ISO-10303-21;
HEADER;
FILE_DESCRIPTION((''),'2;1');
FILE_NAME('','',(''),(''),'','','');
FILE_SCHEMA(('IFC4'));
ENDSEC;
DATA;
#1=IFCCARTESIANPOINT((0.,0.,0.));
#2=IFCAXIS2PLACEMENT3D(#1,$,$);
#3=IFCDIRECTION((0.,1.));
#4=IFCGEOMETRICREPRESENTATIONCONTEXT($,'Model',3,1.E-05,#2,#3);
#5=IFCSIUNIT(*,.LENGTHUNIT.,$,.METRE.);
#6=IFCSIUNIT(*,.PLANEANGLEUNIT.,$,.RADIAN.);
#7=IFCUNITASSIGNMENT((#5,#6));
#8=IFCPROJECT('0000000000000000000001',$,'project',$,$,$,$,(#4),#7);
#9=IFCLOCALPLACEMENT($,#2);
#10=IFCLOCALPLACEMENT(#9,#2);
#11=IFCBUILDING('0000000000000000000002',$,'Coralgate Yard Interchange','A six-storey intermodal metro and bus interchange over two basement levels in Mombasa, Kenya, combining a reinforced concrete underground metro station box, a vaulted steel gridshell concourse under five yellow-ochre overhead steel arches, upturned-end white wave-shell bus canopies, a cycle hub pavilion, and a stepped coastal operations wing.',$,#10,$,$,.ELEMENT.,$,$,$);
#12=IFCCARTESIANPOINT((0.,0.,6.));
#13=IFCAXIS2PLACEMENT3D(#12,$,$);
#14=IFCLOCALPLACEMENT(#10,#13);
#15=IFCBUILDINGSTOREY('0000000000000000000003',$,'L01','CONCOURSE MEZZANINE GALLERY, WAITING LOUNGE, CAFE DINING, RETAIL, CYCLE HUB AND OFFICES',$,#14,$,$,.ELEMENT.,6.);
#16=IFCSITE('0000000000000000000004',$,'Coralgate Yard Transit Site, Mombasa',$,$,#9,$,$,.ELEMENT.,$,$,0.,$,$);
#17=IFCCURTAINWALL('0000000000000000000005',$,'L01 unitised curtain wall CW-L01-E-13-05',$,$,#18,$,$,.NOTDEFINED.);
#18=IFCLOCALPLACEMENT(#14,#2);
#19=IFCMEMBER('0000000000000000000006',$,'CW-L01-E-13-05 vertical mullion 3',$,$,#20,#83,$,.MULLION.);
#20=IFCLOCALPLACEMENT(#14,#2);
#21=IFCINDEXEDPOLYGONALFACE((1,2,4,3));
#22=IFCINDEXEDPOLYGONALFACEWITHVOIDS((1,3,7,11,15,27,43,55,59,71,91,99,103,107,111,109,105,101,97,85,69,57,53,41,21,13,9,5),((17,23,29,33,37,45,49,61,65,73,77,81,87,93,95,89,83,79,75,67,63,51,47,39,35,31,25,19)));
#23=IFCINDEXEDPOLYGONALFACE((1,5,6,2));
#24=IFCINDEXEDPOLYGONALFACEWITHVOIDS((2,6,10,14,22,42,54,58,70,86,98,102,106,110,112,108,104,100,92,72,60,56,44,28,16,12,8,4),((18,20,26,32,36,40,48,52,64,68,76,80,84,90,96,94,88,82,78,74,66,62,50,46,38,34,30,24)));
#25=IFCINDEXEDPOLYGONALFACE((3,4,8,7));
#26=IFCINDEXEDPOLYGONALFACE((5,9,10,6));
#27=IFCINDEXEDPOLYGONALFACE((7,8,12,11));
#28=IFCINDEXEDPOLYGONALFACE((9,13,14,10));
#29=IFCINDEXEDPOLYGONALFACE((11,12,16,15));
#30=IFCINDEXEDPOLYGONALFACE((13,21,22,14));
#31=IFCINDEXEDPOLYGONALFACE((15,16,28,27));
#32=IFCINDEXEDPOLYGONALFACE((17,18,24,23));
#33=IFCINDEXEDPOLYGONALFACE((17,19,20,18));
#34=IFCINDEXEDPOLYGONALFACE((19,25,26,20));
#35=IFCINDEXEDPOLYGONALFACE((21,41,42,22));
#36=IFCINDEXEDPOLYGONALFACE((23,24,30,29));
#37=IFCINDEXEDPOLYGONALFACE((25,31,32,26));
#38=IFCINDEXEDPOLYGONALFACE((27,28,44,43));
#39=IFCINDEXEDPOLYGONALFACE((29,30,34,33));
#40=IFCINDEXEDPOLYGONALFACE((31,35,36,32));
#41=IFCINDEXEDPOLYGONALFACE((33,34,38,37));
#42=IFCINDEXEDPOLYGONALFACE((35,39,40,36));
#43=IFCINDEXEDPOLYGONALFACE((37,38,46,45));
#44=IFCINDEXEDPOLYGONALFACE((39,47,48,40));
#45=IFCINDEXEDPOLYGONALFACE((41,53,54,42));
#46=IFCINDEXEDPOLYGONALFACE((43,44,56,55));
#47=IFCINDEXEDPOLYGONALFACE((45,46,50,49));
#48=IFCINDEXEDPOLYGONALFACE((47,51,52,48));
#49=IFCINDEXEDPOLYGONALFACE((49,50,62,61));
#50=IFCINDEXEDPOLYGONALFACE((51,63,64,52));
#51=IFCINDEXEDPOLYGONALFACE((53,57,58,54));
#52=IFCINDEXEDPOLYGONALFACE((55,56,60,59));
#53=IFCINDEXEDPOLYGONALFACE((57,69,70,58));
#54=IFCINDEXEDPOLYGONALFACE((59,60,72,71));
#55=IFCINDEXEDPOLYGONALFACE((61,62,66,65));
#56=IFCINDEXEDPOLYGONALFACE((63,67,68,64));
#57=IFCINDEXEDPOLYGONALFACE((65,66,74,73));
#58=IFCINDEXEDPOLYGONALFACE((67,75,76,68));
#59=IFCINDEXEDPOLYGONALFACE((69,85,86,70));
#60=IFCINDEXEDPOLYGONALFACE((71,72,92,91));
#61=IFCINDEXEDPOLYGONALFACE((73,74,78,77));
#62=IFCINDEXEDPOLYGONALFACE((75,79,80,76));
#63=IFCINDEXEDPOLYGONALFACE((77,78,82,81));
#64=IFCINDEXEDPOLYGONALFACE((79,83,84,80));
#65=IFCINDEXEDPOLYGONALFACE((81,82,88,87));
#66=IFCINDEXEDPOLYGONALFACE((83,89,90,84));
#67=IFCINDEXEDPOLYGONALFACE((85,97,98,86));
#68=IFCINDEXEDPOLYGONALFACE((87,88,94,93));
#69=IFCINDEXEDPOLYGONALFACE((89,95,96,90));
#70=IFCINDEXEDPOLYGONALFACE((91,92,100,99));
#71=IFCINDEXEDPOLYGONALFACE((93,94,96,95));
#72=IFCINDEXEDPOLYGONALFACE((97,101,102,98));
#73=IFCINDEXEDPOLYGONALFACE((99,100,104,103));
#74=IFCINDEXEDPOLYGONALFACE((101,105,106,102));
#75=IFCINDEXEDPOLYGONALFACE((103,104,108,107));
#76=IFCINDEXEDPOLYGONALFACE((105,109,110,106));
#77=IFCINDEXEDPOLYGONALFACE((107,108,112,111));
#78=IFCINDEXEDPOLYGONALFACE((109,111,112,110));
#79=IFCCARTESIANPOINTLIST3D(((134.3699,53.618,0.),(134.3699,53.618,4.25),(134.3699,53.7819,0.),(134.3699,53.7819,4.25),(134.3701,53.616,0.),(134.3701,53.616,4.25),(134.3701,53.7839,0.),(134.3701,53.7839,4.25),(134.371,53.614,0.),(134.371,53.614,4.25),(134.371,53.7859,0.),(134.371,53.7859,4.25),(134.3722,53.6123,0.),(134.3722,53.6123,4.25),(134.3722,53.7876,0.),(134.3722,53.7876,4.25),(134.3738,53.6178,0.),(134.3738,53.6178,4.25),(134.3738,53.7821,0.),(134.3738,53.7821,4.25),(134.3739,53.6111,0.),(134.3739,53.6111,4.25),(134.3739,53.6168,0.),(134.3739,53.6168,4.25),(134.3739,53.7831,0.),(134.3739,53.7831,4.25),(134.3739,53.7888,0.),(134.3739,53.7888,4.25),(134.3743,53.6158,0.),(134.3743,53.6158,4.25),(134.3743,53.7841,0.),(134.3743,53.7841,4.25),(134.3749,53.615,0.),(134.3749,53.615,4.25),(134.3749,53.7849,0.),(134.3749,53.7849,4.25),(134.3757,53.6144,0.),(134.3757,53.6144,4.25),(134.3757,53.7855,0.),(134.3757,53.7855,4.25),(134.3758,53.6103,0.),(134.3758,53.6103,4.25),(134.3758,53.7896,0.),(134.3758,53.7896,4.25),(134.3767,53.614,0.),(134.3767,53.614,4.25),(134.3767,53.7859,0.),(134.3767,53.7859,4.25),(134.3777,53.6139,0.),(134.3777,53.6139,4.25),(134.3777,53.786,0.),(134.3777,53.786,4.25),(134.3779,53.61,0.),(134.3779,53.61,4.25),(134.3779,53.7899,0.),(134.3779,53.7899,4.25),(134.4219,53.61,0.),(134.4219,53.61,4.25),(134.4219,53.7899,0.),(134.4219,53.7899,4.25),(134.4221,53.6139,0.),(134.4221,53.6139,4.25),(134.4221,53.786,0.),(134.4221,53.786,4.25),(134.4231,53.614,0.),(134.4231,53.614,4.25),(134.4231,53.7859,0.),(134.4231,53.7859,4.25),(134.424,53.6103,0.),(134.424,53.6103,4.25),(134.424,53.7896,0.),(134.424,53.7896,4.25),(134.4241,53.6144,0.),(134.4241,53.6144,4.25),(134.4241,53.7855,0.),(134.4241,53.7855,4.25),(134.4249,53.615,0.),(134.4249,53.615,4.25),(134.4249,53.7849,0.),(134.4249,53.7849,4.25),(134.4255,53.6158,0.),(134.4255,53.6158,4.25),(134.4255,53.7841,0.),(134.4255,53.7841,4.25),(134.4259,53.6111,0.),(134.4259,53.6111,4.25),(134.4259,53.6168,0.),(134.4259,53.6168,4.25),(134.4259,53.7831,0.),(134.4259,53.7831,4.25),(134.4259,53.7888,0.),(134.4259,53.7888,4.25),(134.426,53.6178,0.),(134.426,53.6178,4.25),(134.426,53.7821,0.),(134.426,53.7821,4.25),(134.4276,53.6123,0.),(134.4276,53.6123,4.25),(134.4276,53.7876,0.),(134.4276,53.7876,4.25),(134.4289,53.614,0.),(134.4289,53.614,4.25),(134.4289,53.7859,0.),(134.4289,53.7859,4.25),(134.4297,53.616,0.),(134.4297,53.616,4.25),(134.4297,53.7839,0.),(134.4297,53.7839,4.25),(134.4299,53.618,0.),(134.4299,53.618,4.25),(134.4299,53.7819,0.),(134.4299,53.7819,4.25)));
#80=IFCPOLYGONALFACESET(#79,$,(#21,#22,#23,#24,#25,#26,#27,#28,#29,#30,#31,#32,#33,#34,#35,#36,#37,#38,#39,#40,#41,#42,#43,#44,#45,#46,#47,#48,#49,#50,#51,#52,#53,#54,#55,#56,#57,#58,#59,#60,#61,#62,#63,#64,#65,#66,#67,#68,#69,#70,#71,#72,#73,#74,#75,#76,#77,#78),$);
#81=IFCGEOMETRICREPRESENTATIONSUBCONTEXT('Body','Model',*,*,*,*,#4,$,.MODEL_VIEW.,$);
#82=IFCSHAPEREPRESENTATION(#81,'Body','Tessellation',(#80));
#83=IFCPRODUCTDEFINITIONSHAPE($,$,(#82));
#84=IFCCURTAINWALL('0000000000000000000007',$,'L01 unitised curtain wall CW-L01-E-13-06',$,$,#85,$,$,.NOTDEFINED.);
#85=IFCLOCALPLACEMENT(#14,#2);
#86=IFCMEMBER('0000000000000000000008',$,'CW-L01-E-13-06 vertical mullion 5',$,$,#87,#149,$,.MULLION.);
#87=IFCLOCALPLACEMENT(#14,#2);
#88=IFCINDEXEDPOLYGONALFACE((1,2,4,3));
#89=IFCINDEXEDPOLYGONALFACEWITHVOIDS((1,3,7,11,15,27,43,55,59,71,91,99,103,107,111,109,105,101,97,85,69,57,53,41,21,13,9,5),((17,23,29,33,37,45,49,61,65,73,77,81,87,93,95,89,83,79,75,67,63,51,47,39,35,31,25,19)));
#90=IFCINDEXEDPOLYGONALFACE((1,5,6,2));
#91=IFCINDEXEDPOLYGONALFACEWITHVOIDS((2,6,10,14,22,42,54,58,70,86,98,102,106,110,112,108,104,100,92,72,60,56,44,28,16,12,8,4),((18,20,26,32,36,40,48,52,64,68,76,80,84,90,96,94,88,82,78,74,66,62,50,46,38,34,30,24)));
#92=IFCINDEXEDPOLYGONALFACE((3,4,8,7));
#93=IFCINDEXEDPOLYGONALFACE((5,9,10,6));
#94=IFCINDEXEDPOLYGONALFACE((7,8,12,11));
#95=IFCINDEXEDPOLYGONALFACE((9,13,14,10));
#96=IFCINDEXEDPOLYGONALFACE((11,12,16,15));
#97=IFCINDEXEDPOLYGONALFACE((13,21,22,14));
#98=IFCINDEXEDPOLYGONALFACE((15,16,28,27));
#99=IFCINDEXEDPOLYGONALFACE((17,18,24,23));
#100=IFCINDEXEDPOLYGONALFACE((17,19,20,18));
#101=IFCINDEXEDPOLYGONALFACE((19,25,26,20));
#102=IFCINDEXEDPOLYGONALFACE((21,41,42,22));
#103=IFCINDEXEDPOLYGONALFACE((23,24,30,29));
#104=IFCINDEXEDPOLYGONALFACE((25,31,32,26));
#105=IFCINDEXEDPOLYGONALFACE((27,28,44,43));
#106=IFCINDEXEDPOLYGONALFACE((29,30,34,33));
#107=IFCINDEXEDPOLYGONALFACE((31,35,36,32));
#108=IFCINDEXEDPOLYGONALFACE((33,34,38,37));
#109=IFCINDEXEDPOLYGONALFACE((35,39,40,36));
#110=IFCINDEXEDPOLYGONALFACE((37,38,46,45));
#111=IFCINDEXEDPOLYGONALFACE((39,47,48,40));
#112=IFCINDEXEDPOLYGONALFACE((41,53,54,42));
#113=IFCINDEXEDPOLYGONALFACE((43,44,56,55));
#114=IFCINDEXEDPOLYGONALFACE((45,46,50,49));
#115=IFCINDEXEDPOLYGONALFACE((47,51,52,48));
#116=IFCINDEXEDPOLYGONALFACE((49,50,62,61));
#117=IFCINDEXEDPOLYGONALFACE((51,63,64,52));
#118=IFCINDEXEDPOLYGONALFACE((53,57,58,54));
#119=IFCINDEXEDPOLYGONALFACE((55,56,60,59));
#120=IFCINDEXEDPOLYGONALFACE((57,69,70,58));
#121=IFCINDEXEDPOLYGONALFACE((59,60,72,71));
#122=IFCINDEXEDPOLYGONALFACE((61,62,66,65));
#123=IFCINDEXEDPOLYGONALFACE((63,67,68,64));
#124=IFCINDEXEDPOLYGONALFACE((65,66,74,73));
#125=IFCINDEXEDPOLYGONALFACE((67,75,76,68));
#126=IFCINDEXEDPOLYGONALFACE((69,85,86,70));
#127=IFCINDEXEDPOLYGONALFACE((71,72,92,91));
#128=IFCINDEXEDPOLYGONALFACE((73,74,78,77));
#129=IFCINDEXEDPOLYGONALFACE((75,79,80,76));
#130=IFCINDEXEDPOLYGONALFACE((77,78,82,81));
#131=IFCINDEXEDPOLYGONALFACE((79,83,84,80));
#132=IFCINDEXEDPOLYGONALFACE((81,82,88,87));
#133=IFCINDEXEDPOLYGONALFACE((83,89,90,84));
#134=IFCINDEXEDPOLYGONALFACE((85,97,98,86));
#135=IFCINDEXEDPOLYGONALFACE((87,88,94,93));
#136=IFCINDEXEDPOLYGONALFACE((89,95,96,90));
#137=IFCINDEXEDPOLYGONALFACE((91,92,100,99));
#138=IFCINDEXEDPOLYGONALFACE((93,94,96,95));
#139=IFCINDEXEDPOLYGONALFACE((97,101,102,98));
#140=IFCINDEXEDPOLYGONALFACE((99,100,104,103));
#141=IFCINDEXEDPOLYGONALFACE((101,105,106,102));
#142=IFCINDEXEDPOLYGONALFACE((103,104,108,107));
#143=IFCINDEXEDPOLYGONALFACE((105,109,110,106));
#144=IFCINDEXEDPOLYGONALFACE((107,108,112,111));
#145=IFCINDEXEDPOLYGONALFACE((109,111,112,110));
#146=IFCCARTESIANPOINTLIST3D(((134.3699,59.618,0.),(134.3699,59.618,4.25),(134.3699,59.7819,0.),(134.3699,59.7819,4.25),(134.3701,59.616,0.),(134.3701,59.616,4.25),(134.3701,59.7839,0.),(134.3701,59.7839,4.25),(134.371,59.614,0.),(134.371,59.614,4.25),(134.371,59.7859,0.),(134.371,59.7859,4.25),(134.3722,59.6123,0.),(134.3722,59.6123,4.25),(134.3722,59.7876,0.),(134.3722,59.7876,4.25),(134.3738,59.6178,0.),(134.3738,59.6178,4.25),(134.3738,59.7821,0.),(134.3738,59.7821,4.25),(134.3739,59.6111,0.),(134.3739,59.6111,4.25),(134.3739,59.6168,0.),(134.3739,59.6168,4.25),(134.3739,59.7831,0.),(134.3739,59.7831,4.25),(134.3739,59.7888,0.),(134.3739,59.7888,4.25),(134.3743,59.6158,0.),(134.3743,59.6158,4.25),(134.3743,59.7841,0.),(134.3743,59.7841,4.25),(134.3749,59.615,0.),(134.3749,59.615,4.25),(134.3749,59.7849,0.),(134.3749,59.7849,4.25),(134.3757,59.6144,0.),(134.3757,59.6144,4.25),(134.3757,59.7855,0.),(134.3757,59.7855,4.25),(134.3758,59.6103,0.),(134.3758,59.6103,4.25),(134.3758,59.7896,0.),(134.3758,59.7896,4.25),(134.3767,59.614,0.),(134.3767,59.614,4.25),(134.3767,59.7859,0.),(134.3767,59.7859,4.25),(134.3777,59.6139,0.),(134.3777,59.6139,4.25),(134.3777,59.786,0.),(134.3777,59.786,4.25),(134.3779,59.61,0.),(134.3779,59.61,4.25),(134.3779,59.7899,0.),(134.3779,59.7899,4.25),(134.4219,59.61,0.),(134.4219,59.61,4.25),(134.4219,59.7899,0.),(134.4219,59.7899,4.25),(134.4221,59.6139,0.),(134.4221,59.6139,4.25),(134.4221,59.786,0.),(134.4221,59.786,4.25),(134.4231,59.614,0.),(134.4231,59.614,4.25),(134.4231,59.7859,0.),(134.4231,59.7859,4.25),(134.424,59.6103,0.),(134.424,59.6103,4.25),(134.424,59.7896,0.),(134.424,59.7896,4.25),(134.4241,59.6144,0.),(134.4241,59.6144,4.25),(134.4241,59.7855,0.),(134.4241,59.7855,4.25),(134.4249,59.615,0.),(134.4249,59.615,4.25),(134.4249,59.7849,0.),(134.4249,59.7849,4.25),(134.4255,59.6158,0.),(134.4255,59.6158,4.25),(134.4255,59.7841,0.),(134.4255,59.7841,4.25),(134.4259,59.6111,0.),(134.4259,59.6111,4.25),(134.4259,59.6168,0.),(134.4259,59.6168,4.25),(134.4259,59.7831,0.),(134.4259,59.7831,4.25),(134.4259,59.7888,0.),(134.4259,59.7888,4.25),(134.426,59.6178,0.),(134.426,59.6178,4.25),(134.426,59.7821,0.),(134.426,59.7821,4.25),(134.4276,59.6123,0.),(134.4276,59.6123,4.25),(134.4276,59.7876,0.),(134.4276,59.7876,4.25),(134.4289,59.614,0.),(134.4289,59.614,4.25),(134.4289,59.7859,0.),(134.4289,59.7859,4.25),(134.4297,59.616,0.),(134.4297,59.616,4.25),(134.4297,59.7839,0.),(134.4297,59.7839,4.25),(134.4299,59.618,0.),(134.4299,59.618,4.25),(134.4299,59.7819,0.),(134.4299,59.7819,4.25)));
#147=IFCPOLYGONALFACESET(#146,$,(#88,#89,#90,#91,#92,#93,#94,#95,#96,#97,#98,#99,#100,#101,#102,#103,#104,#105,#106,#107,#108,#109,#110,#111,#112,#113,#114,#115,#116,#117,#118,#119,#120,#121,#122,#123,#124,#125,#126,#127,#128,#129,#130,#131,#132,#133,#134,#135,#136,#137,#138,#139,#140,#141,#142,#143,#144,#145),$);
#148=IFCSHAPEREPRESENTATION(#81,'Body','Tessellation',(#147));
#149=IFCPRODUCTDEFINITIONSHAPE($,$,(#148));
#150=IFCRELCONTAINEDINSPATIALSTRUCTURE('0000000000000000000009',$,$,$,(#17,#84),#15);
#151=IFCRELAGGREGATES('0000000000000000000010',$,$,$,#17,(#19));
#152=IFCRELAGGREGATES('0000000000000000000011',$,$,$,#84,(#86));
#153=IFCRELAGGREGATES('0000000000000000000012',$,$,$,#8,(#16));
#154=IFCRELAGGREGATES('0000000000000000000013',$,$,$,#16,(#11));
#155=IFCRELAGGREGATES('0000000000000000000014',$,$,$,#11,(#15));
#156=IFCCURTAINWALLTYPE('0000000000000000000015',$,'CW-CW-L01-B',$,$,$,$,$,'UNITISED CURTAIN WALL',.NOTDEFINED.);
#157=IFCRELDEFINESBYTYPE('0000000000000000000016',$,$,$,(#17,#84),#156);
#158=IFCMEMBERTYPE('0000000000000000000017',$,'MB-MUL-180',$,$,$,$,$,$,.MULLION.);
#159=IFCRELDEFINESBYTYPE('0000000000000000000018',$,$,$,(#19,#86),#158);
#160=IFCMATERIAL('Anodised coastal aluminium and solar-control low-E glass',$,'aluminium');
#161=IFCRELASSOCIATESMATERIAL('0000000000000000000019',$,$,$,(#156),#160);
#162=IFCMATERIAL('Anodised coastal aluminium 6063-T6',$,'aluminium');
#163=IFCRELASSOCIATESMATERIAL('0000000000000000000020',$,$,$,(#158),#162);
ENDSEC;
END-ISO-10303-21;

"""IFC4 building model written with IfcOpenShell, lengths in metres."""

from ifc_helpers import new_model, si_unit, direction, frame, origin, origin_2d, place, context, subcontext, project, spatial, hollow_rectangle, extrude, material, material_profile, profile_set, type_object, element, aggregate, save


model = new_model("IFC4")

# Units and contexts
model_context = context("Model", 3, precision=1e-05, world=origin(), true_north=direction((0.0, 1.0)))
body_context = subcontext(model_context, "Body", "Model", "MODEL_VIEW")
ifc_project = project(units=[si_unit("LENGTHUNIT", "METRE"), si_unit("PLANEANGLEUNIT", "RADIAN")], contexts=[model_context])

# Site, building, storey
site_placement = place(None, origin())
site = spatial("IfcSite", under=ifc_project, at=site_placement, Name="Coralgate Yard Transit Site, Mombasa", CompositionType="ELEMENT", RefElevation=0.0)
building_placement = place(site_placement, origin())
building = spatial("IfcBuilding", under=site, at=building_placement, Name="Coralgate Yard Interchange", Description="A six-storey intermodal metro and bus interchange over two basement levels in Mombasa, Kenya, combining a reinforced concrete underground metro station box, a vaulted steel gridshell concourse under five yellow-ochre overhead steel arches, upturned-end white wave-shell bus canopies, a cycle hub pavilion, and a stepped coastal operations wing.", CompositionType="ELEMENT")
storey_placement = place(building_placement, frame((0.0, 0.0, 6.0)))
storey = spatial("IfcBuildingStorey", under=building, at=storey_placement, Name="L01", Description="CONCOURSE MEZZANINE GALLERY, WAITING LOUNGE, CAFE DINING, RETAIL, CYCLE HUB AND OFFICES", CompositionType="ELEMENT", Elevation=6.0)

# Curtain walls, members
ifc_material_1 = material(Name="Anodised coastal aluminium and solar-control low-E glass", Category="aluminium")
curtain_wall_type = type_object("IfcCurtainWallType", Name="CW-CW-L01-B", ElementType="UNITISED CURTAIN WALL", PredefinedType="NOTDEFINED", material=ifc_material_1)
curtain_wall_1_placement = place(storey_placement, origin())
curtain_wall_1 = element("IfcCurtainWall", 1, at=curtain_wall_1_placement, inside=storey, type_object=curtain_wall_type, Name="L01 unitised curtain wall CW-L01-E-13-05", PredefinedType="NOTDEFINED")
ifc_material_2 = material(Name="Anodised coastal aluminium 6063-T6", Category="aluminium")
ifc_material_profile_1 = material_profile(ifc_material_2, hollow_rectangle(XDim=0.0601, YDim=0.1799, WallThickness=0.0039, InnerFilletRadius=0.0039, OuterFilletRadius=0.0081, at=origin_2d()), Name="ALU 60x180x4")
ifc_profile_set_1 = profile_set([ifc_material_profile_1], Name="Anodised coastal aluminium 6063-T6")
member_type_1 = type_object("IfcMemberType", Name="MB-MUL-180", PredefinedType="MULLION", material=ifc_profile_set_1)
member_1_placement = place(storey_placement, frame((134.3999, 53.7, 0.0), z_axis=(0.0, 0.0, 1.0), x_axis=(1.0, 0.0, 0.0)))
member_1 = element("IfcMember", 2, at=member_1_placement, type_object=member_type_1, Name="CW-L01-E-13-05 vertical mullion 3", PredefinedType="MULLION", context=body_context, shape_type="SweptSolid", body=[
    extrude(hollow_rectangle(XDim=0.0601, YDim=0.1799, WallThickness=0.0039, InnerFilletRadius=0.0039, OuterFilletRadius=0.0081, at=origin_2d()), origin(), (0.0, 0.0, 1.0), 4.25),
])
curtain_wall_2_placement = place(storey_placement, origin())
curtain_wall_2 = element("IfcCurtainWall", 3, at=curtain_wall_2_placement, inside=storey, type_object=curtain_wall_type, Name="L01 unitised curtain wall CW-L01-E-13-06", PredefinedType="NOTDEFINED")
member_2_placement = place(storey_placement, frame((134.3999, 59.7, 0.0), z_axis=(0.0, 0.0, 1.0), x_axis=(1.0, 0.0, 0.0)))
member_2 = element("IfcMember", 4, at=member_2_placement, type_object=member_type_1, Name="CW-L01-E-13-06 vertical mullion 5", PredefinedType="MULLION", context=body_context, shape_type="SweptSolid", body=[
    extrude(hollow_rectangle(XDim=0.0601, YDim=0.1799, WallThickness=0.0039, InnerFilletRadius=0.0039, OuterFilletRadius=0.0081, at=origin_2d()), origin(), (0.0, 0.0, 1.0), 4.25),
])

aggregate(curtain_wall_1, [member_1])
aggregate(curtain_wall_2, [member_2])

save(model, "model.ifc")
